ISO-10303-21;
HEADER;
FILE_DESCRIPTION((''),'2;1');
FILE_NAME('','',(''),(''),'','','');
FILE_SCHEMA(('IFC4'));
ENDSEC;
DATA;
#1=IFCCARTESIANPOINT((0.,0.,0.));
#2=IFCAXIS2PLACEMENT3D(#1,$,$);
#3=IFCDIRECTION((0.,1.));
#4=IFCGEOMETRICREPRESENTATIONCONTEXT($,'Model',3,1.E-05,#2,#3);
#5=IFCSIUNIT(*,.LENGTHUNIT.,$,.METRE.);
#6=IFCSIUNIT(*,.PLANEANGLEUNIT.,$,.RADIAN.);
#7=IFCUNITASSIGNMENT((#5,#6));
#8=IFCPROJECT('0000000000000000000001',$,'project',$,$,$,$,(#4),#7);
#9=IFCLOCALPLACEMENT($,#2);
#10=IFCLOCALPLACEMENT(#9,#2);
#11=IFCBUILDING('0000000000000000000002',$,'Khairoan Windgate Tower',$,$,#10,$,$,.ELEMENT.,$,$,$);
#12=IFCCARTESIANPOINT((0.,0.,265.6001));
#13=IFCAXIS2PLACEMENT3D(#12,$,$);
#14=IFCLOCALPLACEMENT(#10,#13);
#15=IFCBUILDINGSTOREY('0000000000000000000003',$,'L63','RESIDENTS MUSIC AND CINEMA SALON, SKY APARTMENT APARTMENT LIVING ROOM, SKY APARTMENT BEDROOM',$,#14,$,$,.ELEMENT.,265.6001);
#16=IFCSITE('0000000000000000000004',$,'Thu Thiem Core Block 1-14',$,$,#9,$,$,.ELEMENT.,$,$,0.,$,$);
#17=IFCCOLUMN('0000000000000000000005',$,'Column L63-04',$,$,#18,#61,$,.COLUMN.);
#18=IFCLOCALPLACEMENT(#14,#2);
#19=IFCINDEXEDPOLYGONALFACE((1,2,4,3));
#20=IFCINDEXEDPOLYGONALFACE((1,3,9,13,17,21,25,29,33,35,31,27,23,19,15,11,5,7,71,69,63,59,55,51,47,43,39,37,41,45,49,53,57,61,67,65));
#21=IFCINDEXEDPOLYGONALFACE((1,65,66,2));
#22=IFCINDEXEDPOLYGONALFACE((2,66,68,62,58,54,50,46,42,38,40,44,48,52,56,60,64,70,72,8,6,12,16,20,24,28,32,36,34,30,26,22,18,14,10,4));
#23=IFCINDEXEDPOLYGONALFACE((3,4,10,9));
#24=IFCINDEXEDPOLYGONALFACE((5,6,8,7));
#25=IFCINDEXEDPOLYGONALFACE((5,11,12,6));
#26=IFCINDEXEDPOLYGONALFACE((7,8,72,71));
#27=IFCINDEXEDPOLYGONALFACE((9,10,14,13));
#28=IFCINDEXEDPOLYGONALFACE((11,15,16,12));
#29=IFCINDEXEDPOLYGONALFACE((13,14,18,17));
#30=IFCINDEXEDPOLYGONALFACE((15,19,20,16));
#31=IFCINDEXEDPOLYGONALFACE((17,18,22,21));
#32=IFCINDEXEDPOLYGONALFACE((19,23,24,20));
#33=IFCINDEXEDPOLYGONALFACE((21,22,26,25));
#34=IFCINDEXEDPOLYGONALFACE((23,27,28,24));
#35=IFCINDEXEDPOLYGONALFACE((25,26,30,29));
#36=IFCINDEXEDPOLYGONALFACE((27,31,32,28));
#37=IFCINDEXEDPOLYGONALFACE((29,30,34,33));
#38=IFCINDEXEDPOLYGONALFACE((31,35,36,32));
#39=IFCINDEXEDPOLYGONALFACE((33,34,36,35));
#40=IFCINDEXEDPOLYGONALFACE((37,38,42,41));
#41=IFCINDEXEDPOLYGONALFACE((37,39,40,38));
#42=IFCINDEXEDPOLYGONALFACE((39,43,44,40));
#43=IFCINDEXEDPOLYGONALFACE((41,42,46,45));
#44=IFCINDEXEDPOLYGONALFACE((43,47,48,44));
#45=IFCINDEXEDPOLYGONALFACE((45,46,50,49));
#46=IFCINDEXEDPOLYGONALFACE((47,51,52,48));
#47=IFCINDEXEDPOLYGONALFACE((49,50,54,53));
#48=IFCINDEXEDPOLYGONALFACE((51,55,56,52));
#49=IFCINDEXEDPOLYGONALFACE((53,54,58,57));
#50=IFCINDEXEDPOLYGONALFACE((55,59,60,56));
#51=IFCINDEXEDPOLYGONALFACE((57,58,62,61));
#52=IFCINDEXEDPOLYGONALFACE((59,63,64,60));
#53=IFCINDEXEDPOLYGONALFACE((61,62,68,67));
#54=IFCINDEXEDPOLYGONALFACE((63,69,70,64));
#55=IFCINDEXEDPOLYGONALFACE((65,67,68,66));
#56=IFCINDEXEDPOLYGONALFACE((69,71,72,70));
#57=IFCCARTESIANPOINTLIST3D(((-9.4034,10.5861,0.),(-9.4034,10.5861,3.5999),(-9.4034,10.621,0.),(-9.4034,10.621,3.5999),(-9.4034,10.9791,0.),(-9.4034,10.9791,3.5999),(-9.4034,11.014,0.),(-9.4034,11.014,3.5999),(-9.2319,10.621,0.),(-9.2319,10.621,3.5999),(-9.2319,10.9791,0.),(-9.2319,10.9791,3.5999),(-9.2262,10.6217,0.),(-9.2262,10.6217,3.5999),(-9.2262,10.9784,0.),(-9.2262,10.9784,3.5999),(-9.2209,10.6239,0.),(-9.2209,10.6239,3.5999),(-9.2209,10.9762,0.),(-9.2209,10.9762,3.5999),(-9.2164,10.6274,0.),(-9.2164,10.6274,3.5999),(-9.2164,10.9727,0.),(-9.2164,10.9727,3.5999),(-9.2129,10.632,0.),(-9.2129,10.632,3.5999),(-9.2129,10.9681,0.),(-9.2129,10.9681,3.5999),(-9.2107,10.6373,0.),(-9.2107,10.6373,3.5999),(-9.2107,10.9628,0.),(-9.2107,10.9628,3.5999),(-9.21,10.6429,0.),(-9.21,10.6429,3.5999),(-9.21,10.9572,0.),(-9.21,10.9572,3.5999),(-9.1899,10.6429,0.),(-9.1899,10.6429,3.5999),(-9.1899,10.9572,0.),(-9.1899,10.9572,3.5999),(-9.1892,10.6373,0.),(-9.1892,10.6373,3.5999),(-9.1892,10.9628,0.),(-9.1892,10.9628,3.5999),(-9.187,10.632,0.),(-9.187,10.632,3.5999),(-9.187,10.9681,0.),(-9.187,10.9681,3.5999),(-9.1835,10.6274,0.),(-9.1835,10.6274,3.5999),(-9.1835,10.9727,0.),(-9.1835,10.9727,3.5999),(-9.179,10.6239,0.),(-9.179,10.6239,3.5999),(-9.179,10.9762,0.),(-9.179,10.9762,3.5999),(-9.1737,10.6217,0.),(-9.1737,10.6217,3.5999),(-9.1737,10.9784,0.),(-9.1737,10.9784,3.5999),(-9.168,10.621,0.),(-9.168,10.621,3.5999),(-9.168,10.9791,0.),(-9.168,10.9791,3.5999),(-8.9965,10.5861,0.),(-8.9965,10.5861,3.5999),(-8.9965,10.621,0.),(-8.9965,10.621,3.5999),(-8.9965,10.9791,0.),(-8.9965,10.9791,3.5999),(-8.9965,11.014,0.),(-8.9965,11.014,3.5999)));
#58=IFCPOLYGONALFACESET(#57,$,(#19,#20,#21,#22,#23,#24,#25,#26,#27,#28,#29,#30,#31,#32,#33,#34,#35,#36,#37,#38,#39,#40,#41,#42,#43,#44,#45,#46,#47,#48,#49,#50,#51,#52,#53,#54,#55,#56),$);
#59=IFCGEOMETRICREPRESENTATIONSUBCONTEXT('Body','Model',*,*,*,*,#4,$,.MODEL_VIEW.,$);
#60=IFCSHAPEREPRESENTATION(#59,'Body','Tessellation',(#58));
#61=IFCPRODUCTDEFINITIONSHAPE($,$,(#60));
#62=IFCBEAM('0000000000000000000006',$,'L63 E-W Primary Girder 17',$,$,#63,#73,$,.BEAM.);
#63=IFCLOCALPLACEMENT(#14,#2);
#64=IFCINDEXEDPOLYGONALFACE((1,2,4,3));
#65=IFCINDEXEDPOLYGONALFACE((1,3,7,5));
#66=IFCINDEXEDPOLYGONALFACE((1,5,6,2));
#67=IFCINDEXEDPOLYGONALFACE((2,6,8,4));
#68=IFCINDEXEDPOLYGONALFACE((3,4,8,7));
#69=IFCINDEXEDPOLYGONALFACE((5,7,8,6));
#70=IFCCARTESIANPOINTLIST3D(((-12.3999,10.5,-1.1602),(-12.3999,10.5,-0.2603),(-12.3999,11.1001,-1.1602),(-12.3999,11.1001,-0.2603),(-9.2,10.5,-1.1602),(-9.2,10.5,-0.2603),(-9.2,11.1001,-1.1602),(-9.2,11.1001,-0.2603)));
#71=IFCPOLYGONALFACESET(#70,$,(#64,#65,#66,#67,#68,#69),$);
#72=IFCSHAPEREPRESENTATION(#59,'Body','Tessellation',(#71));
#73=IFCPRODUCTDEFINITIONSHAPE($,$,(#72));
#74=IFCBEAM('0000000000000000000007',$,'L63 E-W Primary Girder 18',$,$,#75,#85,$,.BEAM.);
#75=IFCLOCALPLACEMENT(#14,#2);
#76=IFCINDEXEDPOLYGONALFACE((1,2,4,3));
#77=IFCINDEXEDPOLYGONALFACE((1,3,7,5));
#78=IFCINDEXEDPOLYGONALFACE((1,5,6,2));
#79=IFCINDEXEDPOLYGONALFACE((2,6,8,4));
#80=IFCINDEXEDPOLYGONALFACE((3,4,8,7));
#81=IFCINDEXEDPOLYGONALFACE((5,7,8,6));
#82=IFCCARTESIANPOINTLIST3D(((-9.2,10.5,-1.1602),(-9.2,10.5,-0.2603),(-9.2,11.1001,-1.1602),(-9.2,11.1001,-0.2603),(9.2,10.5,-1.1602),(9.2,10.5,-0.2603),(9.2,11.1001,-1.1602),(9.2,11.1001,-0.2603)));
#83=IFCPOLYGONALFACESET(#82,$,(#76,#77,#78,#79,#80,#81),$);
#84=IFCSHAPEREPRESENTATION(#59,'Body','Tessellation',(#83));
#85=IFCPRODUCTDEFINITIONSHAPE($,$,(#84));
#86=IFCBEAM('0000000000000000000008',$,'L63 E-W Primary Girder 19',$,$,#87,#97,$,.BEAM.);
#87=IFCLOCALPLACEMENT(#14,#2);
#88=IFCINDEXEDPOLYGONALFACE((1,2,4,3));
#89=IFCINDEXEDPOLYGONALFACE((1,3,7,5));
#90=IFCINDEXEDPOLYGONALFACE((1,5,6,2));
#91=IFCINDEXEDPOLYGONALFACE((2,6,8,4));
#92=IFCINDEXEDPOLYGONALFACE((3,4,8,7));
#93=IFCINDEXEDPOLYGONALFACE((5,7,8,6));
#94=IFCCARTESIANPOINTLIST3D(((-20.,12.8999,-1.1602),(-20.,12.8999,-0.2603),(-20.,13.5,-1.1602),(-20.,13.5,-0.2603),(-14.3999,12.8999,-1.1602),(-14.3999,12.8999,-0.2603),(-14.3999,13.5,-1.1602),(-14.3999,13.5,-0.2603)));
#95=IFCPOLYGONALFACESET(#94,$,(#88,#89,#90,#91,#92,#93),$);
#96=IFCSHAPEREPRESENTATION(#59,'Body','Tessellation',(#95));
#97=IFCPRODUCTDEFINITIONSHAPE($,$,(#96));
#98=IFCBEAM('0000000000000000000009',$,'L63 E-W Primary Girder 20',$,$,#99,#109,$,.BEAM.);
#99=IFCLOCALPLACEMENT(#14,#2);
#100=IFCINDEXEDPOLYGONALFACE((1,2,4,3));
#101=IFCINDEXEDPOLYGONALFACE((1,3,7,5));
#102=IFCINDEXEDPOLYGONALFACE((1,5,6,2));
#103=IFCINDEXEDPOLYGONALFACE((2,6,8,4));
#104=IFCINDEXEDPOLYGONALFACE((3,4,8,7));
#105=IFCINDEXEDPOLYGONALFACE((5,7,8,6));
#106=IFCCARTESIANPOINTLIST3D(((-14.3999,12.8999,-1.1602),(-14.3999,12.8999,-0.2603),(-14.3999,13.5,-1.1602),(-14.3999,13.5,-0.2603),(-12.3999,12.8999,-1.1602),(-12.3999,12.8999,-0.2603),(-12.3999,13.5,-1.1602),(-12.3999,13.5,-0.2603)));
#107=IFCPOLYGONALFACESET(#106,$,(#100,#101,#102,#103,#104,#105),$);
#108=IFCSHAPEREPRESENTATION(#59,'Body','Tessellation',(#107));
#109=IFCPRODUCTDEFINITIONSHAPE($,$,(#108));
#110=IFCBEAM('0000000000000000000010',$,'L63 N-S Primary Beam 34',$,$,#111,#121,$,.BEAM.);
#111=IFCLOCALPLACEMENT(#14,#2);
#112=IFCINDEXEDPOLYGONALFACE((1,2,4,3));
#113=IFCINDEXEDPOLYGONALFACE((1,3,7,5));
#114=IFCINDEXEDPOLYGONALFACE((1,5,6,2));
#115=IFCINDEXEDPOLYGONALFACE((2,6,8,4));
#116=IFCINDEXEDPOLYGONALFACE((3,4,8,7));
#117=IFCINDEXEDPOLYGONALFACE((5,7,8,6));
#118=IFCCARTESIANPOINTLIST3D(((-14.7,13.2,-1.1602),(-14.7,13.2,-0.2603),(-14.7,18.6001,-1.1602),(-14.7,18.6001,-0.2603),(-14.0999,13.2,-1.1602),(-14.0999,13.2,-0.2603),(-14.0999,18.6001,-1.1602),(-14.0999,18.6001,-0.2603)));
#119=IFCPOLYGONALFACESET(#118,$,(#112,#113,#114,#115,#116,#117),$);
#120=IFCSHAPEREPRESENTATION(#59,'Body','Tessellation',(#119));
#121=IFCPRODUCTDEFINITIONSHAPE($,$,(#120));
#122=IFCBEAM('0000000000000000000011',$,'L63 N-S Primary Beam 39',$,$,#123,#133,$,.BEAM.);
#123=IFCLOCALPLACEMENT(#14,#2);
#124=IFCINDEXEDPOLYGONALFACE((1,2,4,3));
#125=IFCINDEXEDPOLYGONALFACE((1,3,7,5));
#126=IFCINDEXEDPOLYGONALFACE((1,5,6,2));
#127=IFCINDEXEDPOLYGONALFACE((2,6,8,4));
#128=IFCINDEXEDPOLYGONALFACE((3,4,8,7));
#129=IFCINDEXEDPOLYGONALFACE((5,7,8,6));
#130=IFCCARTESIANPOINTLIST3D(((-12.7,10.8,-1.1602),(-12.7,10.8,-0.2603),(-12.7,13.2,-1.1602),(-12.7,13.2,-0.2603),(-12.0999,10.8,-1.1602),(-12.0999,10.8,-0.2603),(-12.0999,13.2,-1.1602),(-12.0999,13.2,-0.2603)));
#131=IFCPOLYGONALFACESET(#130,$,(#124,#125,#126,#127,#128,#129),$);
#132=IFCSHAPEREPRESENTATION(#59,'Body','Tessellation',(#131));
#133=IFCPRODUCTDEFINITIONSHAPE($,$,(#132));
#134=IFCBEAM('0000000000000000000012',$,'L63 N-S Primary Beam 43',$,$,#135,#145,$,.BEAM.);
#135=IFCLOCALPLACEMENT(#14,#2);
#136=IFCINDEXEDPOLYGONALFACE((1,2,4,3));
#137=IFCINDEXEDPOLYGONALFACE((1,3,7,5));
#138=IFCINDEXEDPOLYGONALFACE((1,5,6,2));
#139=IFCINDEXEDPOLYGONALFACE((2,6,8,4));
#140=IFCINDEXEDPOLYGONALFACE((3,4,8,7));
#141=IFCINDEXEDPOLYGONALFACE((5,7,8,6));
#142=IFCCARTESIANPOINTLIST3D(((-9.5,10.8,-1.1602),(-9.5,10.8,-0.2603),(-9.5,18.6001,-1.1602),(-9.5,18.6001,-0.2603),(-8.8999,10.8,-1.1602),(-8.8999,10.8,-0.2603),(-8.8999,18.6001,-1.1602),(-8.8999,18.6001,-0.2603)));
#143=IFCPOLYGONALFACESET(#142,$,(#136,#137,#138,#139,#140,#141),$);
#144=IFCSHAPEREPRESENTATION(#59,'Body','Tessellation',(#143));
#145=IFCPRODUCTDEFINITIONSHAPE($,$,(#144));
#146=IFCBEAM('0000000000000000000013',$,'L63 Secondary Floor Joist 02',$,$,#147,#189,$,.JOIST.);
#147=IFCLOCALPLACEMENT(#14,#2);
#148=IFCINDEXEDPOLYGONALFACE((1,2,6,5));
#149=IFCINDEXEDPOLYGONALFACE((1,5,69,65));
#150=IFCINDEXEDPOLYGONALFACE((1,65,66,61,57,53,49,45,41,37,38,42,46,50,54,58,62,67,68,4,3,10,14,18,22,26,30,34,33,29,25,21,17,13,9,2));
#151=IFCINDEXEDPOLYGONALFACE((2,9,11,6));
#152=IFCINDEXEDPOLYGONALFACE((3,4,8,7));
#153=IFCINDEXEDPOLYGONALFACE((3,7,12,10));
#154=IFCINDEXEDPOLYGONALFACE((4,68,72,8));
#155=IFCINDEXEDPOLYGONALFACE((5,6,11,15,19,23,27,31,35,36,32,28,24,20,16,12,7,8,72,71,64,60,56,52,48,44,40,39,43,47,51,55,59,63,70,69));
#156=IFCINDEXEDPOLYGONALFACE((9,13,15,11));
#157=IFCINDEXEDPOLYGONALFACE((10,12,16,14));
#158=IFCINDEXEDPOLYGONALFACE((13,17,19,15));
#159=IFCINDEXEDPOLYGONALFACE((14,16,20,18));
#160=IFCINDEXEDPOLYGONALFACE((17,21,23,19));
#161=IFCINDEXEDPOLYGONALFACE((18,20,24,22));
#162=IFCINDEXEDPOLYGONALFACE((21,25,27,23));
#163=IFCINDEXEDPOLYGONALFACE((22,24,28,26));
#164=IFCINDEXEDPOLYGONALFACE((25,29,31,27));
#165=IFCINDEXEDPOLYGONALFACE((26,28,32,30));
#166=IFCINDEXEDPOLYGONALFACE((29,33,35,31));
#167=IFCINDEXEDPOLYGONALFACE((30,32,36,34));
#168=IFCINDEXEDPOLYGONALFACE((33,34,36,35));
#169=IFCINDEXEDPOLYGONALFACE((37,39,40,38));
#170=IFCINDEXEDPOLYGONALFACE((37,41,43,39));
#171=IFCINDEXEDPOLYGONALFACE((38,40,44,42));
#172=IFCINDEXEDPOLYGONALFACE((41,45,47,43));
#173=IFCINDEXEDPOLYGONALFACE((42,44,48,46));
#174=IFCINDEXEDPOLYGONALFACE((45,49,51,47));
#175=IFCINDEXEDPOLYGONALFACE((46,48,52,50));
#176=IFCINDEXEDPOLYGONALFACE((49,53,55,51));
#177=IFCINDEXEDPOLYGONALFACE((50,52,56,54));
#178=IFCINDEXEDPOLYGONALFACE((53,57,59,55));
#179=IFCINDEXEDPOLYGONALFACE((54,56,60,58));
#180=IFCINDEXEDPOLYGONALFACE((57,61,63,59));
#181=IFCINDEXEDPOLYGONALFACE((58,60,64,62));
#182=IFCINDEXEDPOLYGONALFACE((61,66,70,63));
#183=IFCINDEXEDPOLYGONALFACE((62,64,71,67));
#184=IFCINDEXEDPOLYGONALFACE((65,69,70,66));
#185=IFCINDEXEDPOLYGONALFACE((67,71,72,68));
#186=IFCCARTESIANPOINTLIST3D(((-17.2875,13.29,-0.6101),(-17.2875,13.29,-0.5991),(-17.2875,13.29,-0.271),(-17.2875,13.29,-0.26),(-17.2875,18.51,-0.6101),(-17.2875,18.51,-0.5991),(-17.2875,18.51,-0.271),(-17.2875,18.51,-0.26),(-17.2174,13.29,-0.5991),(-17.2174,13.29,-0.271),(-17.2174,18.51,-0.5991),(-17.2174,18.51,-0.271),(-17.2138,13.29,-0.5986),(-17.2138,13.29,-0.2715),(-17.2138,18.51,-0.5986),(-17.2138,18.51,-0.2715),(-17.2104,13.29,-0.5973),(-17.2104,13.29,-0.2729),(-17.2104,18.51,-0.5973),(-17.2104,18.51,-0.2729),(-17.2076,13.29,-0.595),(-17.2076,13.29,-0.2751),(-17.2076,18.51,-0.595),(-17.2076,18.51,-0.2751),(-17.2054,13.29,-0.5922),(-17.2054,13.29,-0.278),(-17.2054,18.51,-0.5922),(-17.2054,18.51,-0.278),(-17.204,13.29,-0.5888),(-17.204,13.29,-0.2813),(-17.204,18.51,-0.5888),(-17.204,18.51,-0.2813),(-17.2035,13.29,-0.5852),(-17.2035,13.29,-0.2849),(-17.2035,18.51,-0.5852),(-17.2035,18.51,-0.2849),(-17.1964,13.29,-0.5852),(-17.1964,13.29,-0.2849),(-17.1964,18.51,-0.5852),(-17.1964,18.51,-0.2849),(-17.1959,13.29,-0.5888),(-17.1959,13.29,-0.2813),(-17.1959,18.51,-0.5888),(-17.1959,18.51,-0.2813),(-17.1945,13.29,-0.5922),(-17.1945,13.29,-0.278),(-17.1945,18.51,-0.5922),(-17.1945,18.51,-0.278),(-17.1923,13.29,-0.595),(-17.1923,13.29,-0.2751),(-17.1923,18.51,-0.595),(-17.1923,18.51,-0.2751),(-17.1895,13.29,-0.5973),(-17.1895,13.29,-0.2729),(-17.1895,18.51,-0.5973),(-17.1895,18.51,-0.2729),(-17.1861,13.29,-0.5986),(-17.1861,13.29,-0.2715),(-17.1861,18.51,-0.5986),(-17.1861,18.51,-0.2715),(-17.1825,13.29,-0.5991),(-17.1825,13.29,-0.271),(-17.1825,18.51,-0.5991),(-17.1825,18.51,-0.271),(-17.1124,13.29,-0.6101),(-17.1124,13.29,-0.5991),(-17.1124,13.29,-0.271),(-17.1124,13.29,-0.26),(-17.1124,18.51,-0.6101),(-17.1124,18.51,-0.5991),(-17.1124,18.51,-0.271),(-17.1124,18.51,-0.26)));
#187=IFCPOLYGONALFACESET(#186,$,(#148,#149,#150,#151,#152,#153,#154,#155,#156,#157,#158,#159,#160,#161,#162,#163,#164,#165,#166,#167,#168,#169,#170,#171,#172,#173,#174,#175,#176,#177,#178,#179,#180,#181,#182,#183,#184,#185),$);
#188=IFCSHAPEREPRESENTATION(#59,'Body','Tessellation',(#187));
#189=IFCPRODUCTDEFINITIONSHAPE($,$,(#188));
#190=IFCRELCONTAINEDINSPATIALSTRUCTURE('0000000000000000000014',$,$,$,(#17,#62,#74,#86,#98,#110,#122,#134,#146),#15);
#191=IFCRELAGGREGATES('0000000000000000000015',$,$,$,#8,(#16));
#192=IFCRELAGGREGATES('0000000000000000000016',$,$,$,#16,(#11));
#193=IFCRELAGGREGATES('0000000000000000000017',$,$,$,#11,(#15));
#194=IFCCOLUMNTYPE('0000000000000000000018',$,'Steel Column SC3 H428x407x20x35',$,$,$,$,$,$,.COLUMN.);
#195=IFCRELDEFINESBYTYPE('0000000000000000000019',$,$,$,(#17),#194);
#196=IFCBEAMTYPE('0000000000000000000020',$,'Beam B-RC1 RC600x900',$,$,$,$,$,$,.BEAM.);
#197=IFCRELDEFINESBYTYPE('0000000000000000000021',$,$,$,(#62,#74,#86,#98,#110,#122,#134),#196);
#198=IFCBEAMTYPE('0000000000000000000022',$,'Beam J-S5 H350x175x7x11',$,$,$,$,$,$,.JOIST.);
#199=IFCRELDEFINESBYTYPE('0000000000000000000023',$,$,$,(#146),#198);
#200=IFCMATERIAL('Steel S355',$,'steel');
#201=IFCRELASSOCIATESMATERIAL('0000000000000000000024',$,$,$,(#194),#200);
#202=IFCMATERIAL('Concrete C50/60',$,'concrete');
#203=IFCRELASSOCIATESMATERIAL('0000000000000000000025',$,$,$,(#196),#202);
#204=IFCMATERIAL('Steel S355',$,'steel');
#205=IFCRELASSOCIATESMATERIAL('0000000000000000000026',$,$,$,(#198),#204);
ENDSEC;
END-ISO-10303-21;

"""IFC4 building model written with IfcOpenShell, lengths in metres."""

from ifc_helpers import new_model, si_unit, direction, frame, origin, origin_2d, place, context, subcontext, project, spatial, rectangle, i_section, extrude, material, material_profile, profile_set, type_object, element, save


model = new_model("IFC4")

# Units and contexts
model_context = context("Model", 3, precision=1e-05, world=origin(), true_north=direction((0.0, 1.0)))
body_context = subcontext(model_context, "Body", "Model", "MODEL_VIEW")
ifc_project = project(units=[si_unit("LENGTHUNIT", "METRE"), si_unit("PLANEANGLEUNIT", "RADIAN")], contexts=[model_context])

# Site, building, storey
site_placement = place(None, origin())
site = spatial("IfcSite", under=ifc_project, at=site_placement, Name="Thu Thiem Core Block 1-14", CompositionType="ELEMENT", RefElevation=0.0)
building_placement = place(site_placement, origin())
building = spatial("IfcBuilding", under=site, at=building_placement, Name="Khairoan Windgate Tower", CompositionType="ELEMENT")
storey_placement = place(building_placement, frame((0.0, 0.0, 265.6001)))
storey = spatial("IfcBuildingStorey", under=building, at=storey_placement, Name="L63", Description="RESIDENTS MUSIC AND CINEMA SALON, SKY APARTMENT APARTMENT LIVING ROOM, SKY APARTMENT BEDROOM", CompositionType="ELEMENT", Elevation=265.6001)

# Column
ifc_material_1 = material(Name="Steel S355", Category="steel")
ifc_material_profile_1 = material_profile(ifc_material_1, i_section(OverallWidth=0.407, OverallDepth=0.428, WebThickness=0.02, FlangeThickness=0.0349, FilletRadius=0.022, at=origin_2d()))
ifc_profile_set_1 = profile_set([ifc_material_profile_1], Name="Steel S355")
column_type = type_object("IfcColumnType", Name="Steel Column SC3 H428x407x20x35", PredefinedType="COLUMN", material=ifc_profile_set_1)
column_placement = place(storey_placement, frame((-9.2, 10.8, 0.0), z_axis=(0.0, 0.0, 1.0), x_axis=(1.0, 0.0, 0.0)))
element("IfcColumn", 1, at=column_placement, inside=storey, type_object=column_type, Name="Column L63-04", PredefinedType="COLUMN", context=body_context, shape_type="SweptSolid", body=[
    extrude(i_section(OverallWidth=0.407, OverallDepth=0.428, WebThickness=0.02, FlangeThickness=0.0349, FilletRadius=0.022, at=origin_2d()), origin(), (0.0, 0.0, 1.0), 3.5999),
])

# Beams
ifc_material_2 = material(Name="Concrete C50/60", Category="concrete")
ifc_material_profile_2 = material_profile(ifc_material_2, rectangle(XDim=0.6001, YDim=0.8999, at=origin_2d()))
ifc_profile_set_2 = profile_set([ifc_material_profile_2], Name="Concrete C50/60")
beam_type_1 = type_object("IfcBeamType", Name="Beam B-RC1 RC600x900", PredefinedType="BEAM", material=ifc_profile_set_2)
beam_1_placement = place(storey_placement, frame((-12.3999, 10.8, -0.7102), z_axis=(1.0, 0.0, 0.0), x_axis=(0.0, 1.0, 0.0)))
element("IfcBeam", 2, at=beam_1_placement, inside=storey, type_object=beam_type_1, Name="L63 E-W Primary Girder 17", PredefinedType="BEAM", context=body_context, shape_type="SweptSolid", body=[
    extrude(rectangle(XDim=0.6001, YDim=0.8999, at=origin_2d()), origin(), (0.0, 0.0, 1.0), 3.2),
])
beam_2_placement = place(storey_placement, frame((-9.2, 10.8, -0.7102), z_axis=(1.0, 0.0, 0.0), x_axis=(0.0, 1.0, 0.0)))
element("IfcBeam", 3, at=beam_2_placement, inside=storey, type_object=beam_type_1, Name="L63 E-W Primary Girder 18", PredefinedType="BEAM", context=body_context, shape_type="SweptSolid", body=[
    extrude(rectangle(XDim=0.6001, YDim=0.8999, at=origin_2d()), origin(), (0.0, 0.0, 1.0), 18.3999),
])
beam_3_placement = place(storey_placement, frame((-20.0, 13.2, -0.7102), z_axis=(1.0, 0.0, 0.0), x_axis=(0.0, 1.0, 0.0)))
element("IfcBeam", 4, at=beam_3_placement, inside=storey, type_object=beam_type_1, Name="L63 E-W Primary Girder 19", PredefinedType="BEAM", context=body_context, shape_type="SweptSolid", body=[
    extrude(rectangle(XDim=0.6001, YDim=0.8999, at=origin_2d()), origin(), (0.0, 0.0, 1.0), 5.6001),
])
beam_4_placement = place(storey_placement, frame((-14.3999, 13.2, -0.7102), z_axis=(1.0, 0.0, 0.0), x_axis=(0.0, 1.0, 0.0)))
element("IfcBeam", 5, at=beam_4_placement, inside=storey, type_object=beam_type_1, Name="L63 E-W Primary Girder 20", PredefinedType="BEAM", context=body_context, shape_type="SweptSolid", body=[
    extrude(rectangle(XDim=0.6001, YDim=0.8999, at=origin_2d()), origin(), (0.0, 0.0, 1.0), 2.0),
])
beam_5_placement = place(storey_placement, frame((-14.3999, 13.2, -0.7102), z_axis=(0.0, 1.0, 0.0), x_axis=(-1.0, 0.0, 0.0)))
element("IfcBeam", 6, at=beam_5_placement, inside=storey, type_object=beam_type_1, Name="L63 N-S Primary Beam 34", PredefinedType="BEAM", context=body_context, shape_type="SweptSolid", body=[
    extrude(rectangle(XDim=0.6001, YDim=0.8999, at=origin_2d()), origin(), (0.0, 0.0, 1.0), 5.4001),
])
beam_6_placement = place(storey_placement, frame((-12.3999, 10.8, -0.7102), z_axis=(0.0, 1.0, 0.0), x_axis=(-1.0, 0.0, 0.0)))
element("IfcBeam", 7, at=beam_6_placement, inside=storey, type_object=beam_type_1, Name="L63 N-S Primary Beam 39", PredefinedType="BEAM", context=body_context, shape_type="SweptSolid", body=[
    extrude(rectangle(XDim=0.6001, YDim=0.8999, at=origin_2d()), origin(), (0.0, 0.0, 1.0), 2.3999),
])
beam_7_placement = place(storey_placement, frame((-9.2, 10.8, -0.7102), z_axis=(0.0, 1.0, 0.0), x_axis=(-1.0, 0.0, 0.0)))
element("IfcBeam", 8, at=beam_7_placement, inside=storey, type_object=beam_type_1, Name="L63 N-S Primary Beam 43", PredefinedType="BEAM", context=body_context, shape_type="SweptSolid", body=[
    extrude(rectangle(XDim=0.6001, YDim=0.8999, at=origin_2d()), origin(), (0.0, 0.0, 1.0), 7.8),
])
ifc_material_3 = material(Name="Steel S355", Category="steel")
ifc_material_profile_3 = material_profile(ifc_material_3, i_section(OverallWidth=0.175, OverallDepth=0.3501, WebThickness=0.0071, FlangeThickness=0.011, FilletRadius=0.0139, at=origin_2d()))
ifc_profile_set_3 = profile_set([ifc_material_profile_3], Name="Steel S355")
beam_type_2 = type_object("IfcBeamType", Name="Beam J-S5 H350x175x7x11", PredefinedType="JOIST", material=ifc_profile_set_3)
beam_8_placement = place(storey_placement, frame((-17.2, 13.29, -0.4351), z_axis=(0.0, 1.0, 0.0), x_axis=(-1.0, 0.0, 0.0)))
element("IfcBeam", 9, at=beam_8_placement, inside=storey, type_object=beam_type_2, Name="L63 Secondary Floor Joist 02", PredefinedType="JOIST", context=body_context, shape_type="SweptSolid", body=[
    extrude(i_section(OverallWidth=0.175, OverallDepth=0.3501, WebThickness=0.0071, FlangeThickness=0.011, FilletRadius=0.0139, at=origin_2d()), origin(), (0.0, 0.0, 1.0), 5.22),
])

save(model, "model.ifc")
